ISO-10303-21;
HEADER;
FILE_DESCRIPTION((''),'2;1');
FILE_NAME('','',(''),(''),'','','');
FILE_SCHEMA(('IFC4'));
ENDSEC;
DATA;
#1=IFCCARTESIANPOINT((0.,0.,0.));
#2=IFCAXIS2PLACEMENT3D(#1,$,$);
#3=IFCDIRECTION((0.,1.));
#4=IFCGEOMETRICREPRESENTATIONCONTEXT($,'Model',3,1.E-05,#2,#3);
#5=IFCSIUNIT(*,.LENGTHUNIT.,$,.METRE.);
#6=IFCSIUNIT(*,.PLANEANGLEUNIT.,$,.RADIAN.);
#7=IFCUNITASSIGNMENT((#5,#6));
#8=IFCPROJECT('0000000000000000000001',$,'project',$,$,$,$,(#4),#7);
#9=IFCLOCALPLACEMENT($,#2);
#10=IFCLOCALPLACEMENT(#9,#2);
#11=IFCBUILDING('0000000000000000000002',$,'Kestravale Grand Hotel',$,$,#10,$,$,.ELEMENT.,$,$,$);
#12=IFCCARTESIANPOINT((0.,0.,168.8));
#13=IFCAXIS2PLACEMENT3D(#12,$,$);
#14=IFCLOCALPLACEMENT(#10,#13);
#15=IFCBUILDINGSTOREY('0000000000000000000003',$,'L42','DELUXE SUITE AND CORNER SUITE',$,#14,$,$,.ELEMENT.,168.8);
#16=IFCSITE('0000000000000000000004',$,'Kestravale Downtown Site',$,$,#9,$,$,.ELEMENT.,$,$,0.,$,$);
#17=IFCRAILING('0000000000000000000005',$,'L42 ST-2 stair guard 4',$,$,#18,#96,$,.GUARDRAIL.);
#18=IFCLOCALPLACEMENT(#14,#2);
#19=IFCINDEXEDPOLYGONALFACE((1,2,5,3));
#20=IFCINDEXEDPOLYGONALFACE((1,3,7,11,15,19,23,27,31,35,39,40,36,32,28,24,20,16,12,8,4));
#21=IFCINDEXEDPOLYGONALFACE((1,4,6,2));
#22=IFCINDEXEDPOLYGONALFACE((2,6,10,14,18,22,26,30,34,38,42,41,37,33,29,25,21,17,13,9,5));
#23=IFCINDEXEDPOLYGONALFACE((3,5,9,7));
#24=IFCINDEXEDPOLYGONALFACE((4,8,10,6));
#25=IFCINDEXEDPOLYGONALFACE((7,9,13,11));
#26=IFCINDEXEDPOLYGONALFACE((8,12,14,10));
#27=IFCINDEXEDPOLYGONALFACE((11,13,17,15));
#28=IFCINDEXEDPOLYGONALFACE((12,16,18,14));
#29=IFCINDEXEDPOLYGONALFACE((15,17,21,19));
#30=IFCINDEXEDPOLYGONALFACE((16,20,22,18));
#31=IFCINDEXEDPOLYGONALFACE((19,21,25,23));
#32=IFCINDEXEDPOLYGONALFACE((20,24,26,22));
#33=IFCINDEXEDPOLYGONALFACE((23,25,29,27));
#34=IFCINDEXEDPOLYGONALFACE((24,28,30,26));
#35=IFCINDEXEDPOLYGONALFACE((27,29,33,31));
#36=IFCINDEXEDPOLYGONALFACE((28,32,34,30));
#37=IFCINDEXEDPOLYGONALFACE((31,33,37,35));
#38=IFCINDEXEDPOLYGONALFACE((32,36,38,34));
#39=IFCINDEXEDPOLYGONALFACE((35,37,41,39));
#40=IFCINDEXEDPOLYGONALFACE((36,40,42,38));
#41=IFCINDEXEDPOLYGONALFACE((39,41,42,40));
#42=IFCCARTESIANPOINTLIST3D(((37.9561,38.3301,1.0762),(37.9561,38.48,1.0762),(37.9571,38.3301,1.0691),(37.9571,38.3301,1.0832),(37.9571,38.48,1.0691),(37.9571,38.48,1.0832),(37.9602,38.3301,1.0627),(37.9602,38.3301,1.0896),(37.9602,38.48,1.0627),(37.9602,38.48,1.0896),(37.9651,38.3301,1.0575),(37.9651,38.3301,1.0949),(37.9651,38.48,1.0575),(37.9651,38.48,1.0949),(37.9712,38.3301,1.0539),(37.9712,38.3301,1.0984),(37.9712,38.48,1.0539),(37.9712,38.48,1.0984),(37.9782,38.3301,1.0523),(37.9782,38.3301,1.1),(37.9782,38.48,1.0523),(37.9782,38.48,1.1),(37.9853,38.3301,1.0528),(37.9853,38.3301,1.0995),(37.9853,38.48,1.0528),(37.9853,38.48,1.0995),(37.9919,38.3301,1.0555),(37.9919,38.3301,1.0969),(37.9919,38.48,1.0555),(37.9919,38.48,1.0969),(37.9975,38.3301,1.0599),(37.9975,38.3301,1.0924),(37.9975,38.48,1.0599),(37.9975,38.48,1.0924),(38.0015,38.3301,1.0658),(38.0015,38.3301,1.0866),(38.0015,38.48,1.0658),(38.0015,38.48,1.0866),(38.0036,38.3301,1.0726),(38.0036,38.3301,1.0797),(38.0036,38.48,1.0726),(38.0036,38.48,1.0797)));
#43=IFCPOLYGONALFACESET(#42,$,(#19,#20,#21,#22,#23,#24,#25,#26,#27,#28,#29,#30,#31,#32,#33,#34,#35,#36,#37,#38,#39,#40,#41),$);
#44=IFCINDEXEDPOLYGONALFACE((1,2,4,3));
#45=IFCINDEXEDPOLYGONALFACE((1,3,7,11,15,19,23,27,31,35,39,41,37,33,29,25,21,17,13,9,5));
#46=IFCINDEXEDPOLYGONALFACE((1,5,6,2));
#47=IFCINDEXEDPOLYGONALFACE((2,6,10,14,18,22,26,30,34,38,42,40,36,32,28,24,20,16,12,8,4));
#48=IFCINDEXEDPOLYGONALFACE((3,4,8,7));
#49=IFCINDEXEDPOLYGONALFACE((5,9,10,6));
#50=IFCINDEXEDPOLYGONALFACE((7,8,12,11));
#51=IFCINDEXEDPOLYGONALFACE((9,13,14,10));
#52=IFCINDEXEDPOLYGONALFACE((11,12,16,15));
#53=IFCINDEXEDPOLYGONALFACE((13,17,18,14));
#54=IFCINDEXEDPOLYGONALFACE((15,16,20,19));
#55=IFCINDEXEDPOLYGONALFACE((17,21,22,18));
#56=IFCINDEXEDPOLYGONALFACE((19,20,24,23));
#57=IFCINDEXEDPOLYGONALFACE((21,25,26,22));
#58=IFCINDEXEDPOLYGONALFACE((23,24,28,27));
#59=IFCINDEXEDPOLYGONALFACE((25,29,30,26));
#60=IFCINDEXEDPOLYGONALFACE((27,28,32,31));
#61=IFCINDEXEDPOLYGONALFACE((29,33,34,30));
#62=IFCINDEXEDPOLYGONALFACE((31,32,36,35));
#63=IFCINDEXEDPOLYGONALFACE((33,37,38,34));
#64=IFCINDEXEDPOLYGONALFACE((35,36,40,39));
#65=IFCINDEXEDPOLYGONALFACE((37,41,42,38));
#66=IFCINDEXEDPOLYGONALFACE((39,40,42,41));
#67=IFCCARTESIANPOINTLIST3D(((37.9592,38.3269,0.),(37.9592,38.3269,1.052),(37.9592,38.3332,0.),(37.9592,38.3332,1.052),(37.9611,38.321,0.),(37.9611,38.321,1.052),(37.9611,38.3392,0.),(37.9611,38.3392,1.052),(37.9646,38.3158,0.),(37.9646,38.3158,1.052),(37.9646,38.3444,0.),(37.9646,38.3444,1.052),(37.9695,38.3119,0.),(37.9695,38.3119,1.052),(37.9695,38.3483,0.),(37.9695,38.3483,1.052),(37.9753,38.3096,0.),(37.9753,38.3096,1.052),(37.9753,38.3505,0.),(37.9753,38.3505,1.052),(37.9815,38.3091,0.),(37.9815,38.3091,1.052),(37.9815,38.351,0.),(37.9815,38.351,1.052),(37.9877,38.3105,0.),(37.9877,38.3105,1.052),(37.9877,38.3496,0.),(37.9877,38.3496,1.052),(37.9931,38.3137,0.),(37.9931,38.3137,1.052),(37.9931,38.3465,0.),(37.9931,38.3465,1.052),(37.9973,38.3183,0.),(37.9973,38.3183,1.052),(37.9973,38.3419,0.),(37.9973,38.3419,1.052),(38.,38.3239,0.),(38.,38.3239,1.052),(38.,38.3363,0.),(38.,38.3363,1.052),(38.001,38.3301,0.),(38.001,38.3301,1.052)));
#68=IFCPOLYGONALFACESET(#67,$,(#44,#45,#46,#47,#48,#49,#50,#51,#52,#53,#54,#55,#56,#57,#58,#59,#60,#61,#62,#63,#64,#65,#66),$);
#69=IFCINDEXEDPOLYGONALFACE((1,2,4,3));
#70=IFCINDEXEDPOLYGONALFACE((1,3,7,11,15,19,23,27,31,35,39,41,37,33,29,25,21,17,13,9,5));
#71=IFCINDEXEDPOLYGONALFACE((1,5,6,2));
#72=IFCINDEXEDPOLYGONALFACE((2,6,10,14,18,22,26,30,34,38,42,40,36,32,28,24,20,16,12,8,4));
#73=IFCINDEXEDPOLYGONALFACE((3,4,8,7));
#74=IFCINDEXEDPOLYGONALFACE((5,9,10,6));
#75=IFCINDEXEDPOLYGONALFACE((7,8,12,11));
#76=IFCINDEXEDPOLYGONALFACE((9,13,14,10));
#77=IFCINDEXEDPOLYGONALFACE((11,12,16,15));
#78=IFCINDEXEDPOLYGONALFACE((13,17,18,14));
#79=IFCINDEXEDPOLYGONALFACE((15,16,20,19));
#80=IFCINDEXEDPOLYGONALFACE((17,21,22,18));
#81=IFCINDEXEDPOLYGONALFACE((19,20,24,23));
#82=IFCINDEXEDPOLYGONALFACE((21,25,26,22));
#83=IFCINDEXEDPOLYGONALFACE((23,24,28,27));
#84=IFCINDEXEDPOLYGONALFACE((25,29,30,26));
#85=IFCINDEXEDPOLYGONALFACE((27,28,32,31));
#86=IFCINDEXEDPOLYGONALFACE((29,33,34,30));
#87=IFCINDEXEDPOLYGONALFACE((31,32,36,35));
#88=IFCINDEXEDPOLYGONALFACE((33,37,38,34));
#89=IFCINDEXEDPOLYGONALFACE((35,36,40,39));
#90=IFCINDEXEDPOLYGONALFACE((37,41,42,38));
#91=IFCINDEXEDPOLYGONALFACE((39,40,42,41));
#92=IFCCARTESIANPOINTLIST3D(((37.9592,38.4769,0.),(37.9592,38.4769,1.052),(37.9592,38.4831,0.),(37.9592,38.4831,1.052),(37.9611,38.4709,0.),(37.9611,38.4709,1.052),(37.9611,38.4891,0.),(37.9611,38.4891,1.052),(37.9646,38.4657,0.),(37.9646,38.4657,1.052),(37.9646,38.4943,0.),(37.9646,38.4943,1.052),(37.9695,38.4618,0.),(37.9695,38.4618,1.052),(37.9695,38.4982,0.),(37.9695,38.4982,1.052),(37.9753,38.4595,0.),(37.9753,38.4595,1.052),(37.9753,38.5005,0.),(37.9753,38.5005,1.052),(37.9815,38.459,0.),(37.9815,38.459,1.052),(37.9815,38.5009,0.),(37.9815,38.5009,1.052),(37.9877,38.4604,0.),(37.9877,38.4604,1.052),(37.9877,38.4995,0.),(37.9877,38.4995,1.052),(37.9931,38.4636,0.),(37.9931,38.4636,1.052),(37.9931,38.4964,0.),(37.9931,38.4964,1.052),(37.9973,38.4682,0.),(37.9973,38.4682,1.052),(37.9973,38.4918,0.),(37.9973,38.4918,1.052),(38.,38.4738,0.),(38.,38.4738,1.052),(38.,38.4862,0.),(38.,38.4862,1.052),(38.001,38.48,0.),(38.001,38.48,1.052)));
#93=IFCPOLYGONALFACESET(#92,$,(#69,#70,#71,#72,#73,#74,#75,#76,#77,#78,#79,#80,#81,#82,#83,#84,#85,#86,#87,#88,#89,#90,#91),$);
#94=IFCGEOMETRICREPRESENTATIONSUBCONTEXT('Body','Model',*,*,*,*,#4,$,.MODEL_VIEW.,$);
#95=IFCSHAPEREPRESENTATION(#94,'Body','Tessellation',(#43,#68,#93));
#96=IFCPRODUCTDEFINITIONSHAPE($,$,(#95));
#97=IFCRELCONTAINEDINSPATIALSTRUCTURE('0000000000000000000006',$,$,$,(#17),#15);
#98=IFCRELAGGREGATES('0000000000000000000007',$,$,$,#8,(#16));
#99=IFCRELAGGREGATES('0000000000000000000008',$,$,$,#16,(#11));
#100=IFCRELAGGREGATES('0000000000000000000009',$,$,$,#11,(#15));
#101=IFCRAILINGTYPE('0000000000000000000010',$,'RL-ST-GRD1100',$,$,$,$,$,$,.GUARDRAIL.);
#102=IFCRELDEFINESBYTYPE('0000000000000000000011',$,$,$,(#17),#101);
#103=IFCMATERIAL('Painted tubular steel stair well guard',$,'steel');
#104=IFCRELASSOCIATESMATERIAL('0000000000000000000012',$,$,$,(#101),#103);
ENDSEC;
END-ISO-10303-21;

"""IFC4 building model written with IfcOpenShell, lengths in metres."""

from ifc_helpers import new_model, si_unit, direction, frame, origin, origin_2d, place, context, subcontext, project, spatial, circle, extrude, material, type_object, element, save


model = new_model("IFC4")

# Units and contexts
model_context = context("Model", 3, precision=1e-05, world=origin(), true_north=direction((0.0, 1.0)))
body_context = subcontext(model_context, "Body", "Model", "MODEL_VIEW")
ifc_project = project(units=[si_unit("LENGTHUNIT", "METRE"), si_unit("PLANEANGLEUNIT", "RADIAN")], contexts=[model_context])

# Site, building, storey
site_placement = place(None, origin())
site = spatial("IfcSite", under=ifc_project, at=site_placement, Name="Kestravale Downtown Site", CompositionType="ELEMENT", RefElevation=0.0)
building_placement = place(site_placement, origin())
building = spatial("IfcBuilding", under=site, at=building_placement, Name="Kestravale Grand Hotel", CompositionType="ELEMENT")
storey_placement = place(building_placement, frame((0.0, 0.0, 168.8)))
storey = spatial("IfcBuildingStorey", under=building, at=storey_placement, Name="L42", Description="DELUXE SUITE AND CORNER SUITE", CompositionType="ELEMENT", Elevation=168.8)

# Railing
ifc_material_1 = material(Name="Painted tubular steel stair well guard", Category="steel")
railing_type_1 = type_object("IfcRailingType", Name="RL-ST-GRD1100", PredefinedType="GUARDRAIL", material=ifc_material_1)
railing_1_placement = place(storey_placement, frame((37.98, 38.3301, 0.0)))
element("IfcRailing", 1, at=railing_1_placement, inside=storey, type_object=railing_type_1, Name="L42 ST-2 stair guard 4", PredefinedType="GUARDRAIL", context=body_context, shape_type="SweptSolid", body=[
    extrude(circle(Radius=0.0239, at=origin_2d()), frame((0.0, 0.0, 1.0762), z_axis=(0.0, 1.0, 0.0), x_axis=(-1.0, 0.0, 0.0)), (0.0, 0.0, 1.0), 0.1499),
    extrude(circle(Radius=0.021, at=origin_2d()), origin(), (0.0, 0.0, 1.0), 1.052),
    extrude(circle(Radius=0.021, at=origin_2d()), frame((0.0, 0.1499, 0.0)), (0.0, 0.0, 1.0), 1.052),
])

save(model, "model.ifc")
